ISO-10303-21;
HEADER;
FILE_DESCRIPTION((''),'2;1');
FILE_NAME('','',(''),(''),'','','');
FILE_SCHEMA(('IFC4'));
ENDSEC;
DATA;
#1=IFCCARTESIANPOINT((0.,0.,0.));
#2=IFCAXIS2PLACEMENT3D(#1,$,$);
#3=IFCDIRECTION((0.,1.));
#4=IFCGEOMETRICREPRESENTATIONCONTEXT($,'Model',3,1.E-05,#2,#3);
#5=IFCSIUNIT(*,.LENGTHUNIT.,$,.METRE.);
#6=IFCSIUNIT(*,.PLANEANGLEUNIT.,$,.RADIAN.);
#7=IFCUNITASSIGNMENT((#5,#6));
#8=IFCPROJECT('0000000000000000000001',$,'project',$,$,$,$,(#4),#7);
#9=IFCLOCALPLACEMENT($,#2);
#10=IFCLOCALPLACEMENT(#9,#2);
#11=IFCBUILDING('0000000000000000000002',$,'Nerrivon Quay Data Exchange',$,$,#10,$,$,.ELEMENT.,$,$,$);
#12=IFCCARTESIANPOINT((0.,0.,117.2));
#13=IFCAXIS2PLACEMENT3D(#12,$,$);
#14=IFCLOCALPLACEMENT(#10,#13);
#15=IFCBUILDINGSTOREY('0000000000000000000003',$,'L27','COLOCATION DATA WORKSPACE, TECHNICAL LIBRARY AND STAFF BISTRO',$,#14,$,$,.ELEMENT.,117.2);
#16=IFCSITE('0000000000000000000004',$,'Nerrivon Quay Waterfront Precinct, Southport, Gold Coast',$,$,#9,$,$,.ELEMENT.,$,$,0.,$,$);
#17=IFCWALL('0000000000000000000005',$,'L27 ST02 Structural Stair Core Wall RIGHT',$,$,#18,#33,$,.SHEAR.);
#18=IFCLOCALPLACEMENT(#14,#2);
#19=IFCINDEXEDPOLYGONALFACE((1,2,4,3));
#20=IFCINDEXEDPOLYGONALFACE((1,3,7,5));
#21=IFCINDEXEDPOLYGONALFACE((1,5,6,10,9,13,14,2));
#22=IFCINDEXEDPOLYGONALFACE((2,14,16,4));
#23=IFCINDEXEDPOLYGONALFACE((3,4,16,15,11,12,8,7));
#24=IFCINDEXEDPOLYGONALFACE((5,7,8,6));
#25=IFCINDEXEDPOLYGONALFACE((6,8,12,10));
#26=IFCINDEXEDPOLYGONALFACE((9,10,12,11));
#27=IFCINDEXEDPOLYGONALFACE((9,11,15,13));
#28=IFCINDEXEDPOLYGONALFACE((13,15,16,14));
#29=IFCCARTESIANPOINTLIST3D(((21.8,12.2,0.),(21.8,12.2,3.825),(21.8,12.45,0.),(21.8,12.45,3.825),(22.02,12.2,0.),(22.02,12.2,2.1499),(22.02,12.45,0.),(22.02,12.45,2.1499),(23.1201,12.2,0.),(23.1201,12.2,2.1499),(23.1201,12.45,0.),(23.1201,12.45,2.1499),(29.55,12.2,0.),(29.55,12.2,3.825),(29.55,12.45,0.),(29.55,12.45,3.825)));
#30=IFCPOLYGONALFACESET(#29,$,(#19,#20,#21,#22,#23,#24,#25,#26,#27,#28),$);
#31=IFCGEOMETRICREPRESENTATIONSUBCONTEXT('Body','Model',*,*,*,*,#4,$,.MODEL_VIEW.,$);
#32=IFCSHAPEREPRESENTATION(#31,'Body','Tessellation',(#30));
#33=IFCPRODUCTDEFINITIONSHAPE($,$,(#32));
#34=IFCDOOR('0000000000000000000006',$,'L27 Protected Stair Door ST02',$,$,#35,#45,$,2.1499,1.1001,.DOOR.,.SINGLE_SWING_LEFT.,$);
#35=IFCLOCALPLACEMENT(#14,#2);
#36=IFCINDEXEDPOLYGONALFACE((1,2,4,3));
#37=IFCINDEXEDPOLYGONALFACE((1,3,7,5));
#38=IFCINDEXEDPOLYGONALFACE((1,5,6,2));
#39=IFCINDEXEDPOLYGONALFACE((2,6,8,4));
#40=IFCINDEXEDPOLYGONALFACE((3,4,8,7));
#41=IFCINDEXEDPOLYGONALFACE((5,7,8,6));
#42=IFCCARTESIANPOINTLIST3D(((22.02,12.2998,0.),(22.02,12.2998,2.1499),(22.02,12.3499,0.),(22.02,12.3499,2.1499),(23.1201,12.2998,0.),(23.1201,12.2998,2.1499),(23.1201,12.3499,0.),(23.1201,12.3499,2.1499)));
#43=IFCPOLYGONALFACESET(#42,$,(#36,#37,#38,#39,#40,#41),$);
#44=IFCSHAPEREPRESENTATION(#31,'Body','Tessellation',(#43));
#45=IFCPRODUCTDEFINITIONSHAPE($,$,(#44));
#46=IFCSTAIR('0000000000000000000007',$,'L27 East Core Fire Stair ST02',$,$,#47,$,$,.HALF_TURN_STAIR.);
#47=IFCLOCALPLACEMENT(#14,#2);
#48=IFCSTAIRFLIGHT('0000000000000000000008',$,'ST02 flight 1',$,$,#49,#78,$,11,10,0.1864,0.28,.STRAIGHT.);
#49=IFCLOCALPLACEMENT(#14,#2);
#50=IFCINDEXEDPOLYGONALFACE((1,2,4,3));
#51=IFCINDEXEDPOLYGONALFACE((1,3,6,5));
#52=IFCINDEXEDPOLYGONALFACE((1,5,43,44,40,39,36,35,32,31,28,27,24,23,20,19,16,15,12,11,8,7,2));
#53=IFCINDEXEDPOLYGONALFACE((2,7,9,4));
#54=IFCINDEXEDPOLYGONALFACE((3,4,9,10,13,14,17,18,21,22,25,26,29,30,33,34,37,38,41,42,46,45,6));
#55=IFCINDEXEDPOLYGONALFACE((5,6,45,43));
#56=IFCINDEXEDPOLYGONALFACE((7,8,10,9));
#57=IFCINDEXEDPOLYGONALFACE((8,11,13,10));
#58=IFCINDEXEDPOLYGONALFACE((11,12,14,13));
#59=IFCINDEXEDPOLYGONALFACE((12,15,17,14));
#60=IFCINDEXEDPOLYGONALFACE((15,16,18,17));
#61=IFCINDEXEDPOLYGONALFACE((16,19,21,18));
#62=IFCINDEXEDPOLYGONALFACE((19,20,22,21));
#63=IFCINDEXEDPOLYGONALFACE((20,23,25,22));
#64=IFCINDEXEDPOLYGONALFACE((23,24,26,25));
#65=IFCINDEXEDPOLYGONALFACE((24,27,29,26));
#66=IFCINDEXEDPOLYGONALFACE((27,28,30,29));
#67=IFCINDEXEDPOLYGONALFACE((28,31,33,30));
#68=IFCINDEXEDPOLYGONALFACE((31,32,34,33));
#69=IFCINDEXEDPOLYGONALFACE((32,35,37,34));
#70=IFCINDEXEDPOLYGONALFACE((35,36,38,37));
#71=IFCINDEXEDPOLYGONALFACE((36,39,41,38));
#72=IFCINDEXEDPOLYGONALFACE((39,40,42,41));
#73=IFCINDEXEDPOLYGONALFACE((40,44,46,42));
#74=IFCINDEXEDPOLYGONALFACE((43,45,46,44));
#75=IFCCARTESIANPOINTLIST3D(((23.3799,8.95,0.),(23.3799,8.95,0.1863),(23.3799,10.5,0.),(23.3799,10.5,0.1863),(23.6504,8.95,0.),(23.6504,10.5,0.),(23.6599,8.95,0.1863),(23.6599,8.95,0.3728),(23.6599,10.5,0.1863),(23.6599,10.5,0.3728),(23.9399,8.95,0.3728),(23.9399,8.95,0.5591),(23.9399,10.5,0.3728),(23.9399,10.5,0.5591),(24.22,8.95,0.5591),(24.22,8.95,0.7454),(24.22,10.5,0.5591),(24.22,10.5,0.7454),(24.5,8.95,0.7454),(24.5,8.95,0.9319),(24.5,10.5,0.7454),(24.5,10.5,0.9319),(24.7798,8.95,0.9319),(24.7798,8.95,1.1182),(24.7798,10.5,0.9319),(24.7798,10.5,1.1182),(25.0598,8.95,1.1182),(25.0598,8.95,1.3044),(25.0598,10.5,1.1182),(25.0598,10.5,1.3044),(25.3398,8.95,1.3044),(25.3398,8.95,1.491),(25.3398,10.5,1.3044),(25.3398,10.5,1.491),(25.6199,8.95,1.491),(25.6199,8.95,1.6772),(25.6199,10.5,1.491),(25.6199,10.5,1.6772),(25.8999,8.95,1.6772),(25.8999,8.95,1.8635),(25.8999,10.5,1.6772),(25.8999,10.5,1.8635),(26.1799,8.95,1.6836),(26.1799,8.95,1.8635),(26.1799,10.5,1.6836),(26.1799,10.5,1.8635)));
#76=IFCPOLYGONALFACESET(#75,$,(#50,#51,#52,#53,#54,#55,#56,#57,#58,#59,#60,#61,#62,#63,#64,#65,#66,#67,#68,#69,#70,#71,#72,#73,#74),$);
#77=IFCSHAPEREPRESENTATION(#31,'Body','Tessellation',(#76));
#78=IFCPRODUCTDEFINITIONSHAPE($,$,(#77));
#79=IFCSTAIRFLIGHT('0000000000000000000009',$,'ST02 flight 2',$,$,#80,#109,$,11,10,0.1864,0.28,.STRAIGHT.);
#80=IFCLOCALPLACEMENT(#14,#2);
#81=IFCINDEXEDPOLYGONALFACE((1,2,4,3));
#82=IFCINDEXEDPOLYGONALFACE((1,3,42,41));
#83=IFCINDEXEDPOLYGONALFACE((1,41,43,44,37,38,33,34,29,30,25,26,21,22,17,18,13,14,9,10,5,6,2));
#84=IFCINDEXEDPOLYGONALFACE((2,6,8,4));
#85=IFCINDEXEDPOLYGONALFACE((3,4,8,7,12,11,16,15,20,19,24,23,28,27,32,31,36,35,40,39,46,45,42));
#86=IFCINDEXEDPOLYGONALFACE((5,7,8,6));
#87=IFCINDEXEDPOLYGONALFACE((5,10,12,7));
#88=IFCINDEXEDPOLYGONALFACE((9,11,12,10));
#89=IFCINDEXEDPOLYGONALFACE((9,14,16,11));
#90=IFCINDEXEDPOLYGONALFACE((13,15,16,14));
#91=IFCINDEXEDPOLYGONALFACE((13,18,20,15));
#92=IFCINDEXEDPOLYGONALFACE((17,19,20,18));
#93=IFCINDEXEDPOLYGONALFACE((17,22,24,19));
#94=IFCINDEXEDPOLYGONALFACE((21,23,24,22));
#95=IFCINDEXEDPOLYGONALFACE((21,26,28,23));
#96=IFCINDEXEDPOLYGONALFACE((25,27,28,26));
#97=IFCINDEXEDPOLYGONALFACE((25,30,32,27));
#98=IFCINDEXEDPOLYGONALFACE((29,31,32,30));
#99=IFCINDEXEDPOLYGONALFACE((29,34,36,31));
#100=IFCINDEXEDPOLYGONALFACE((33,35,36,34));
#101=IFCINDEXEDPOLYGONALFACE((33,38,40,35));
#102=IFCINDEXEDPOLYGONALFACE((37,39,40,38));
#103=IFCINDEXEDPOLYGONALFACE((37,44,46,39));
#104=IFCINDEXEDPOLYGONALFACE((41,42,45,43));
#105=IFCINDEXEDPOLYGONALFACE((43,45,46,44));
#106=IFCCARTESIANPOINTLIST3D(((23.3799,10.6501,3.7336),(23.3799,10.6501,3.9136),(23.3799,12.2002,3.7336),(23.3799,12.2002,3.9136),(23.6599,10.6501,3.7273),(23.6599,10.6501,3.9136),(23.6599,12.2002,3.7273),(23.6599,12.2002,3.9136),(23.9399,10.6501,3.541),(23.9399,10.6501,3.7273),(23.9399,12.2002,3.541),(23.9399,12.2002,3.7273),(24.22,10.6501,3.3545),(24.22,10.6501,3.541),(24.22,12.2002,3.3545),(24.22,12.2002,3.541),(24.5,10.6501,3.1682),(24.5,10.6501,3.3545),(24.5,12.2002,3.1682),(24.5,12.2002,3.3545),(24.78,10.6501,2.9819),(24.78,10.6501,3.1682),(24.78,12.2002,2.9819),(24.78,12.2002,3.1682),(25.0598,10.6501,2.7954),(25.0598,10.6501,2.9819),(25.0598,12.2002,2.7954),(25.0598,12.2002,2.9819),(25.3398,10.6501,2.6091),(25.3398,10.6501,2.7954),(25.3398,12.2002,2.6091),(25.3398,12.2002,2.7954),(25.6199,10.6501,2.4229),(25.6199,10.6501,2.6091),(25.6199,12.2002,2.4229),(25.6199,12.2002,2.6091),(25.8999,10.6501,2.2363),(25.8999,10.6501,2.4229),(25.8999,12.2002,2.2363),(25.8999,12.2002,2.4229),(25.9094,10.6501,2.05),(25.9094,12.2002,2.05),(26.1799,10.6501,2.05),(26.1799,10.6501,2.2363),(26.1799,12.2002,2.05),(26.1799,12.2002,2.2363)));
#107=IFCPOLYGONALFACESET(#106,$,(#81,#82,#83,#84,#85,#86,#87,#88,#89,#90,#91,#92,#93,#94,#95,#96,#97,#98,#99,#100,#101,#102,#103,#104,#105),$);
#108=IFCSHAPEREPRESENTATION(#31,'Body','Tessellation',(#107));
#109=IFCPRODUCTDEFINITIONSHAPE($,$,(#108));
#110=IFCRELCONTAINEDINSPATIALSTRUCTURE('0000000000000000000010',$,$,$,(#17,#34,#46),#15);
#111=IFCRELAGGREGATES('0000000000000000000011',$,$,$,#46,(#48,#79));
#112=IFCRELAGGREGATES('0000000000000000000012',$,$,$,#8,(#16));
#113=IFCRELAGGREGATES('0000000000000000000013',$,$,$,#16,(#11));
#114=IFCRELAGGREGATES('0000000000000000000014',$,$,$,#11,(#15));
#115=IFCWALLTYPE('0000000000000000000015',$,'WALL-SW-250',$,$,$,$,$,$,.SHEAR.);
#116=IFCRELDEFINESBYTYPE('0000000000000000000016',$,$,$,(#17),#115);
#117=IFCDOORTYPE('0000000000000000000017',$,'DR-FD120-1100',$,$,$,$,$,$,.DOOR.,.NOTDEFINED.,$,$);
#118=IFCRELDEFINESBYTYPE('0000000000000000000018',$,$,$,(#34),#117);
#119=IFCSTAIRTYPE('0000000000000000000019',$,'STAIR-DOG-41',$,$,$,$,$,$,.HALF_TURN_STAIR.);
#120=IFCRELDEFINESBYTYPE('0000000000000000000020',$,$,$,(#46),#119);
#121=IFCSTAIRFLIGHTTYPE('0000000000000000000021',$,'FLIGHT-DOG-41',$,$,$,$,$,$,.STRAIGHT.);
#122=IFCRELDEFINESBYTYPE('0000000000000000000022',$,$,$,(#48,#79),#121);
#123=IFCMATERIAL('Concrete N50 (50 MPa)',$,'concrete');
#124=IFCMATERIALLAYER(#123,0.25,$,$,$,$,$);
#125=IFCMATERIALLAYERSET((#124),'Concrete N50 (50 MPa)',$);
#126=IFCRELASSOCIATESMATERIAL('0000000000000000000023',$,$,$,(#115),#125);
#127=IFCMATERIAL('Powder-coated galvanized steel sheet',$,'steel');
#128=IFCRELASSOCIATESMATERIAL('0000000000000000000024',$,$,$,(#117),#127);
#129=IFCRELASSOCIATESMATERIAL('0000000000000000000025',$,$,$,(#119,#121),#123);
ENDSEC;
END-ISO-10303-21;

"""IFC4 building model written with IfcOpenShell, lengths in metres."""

from ifc_helpers import new_model, si_unit, direction, frame, frame_2d, origin, place, context, subcontext, project, spatial, polyline, rectangle, outline, extrude, material, layer, layer_set, type_object, element, fill, aggregate, save


model = new_model("IFC4")

# Units and contexts
model_context = context("Model", 3, precision=1e-05, world=origin(), true_north=direction((0.0, 1.0)))
body_context = subcontext(model_context, "Body", "Model", "MODEL_VIEW")
ifc_project = project(units=[si_unit("LENGTHUNIT", "METRE"), si_unit("PLANEANGLEUNIT", "RADIAN")], contexts=[model_context])

# Site, building, storey
site_placement = place(None, origin())
site = spatial("IfcSite", under=ifc_project, at=site_placement, Name="Nerrivon Quay Waterfront Precinct, Southport, Gold Coast", CompositionType="ELEMENT", RefElevation=0.0)
building_placement = place(site_placement, origin())
building = spatial("IfcBuilding", under=site, at=building_placement, Name="Nerrivon Quay Data Exchange", CompositionType="ELEMENT")
storey_placement = place(building_placement, frame((0.0, 0.0, 117.2)))
storey = spatial("IfcBuildingStorey", under=building, at=storey_placement, Name="L27", Description="COLOCATION DATA WORKSPACE, TECHNICAL LIBRARY AND STAFF BISTRO", CompositionType="ELEMENT", Elevation=117.2)

# Shared definitions
ifc_material_1 = material(Name="Powder-coated galvanized steel sheet", Category="steel")

# Wall, opening, door
ifc_material_2 = material(Name="Concrete N50 (50 MPa)", Category="concrete")
ifc_layer_1 = layer(ifc_material_2, 0.25)
ifc_layer_set_1 = layer_set([ifc_layer_1], Name="Concrete N50 (50 MPa)")
wall_type_1 = type_object("IfcWallType", Name="WALL-SW-250", PredefinedType="SHEAR", material=ifc_layer_set_1)
wall_1_placement = place(storey_placement, frame((21.8, 12.325, 0.0), z_axis=(0.0, 0.0, 1.0), x_axis=(1.0, 0.0, 0.0)))
wall_1 = element("IfcWall", 1, at=wall_1_placement, inside=storey, type_object=wall_type_1, Name="L27 ST02 Structural Stair Core Wall RIGHT", PredefinedType="SHEAR", context=body_context, shape_type="SweptSolid", body=[
    extrude(rectangle(XDim=7.75, YDim=0.25, at=frame_2d((3.875, 0.0))), origin(), (0.0, 0.0, 1.0), 3.825),
])
opening_1_placement = place(wall_1_placement, frame((0.22, 0.0, 0.0)))
opening_1 = element("IfcOpeningElement", 2, at=opening_1_placement, cuts=wall_1, PredefinedType="OPENING", context=body_context, shape_type="SweptSolid", body=[
    extrude(rectangle(XDim=1.1001, YDim=2.1499, at=frame_2d((0.55, 1.075))), frame((0.0, 0.135, 0.0), z_axis=(0.0, -1.0, 0.0), x_axis=(1.0, 0.0, 0.0)), (0.0, 0.0, 1.0), 0.27),
])
door_type_1 = type_object("IfcDoorType", Name="DR-FD120-1100", OperationType="NOTDEFINED", PredefinedType="DOOR", material=ifc_material_1)
door_1_placement = place(opening_1_placement, origin())
door_1 = element("IfcDoor", 3, at=door_1_placement, inside=storey, type_object=door_type_1, Name="L27 Protected Stair Door ST02", OperationType="SINGLE_SWING_LEFT", OverallHeight=2.1499, OverallWidth=1.1001, PredefinedType="DOOR", context=body_context, shape_type="SweptSolid", body=[
    extrude(rectangle(XDim=1.1001, YDim=2.1499, at=frame_2d((0.55, 1.075))), frame((0.0, 0.0249, 0.0), z_axis=(0.0, -1.0, 0.0), x_axis=(1.0, 0.0, 0.0)), (0.0, 0.0, 1.0), 0.05),
])
fill(opening_1, door_1)

# Stair, stair flights
stair_type = type_object("IfcStairType", Name="STAIR-DOG-41", PredefinedType="HALF_TURN_STAIR", material=ifc_material_2)
stair_placement = place(storey_placement, origin())
stair = element("IfcStair", 4, at=stair_placement, inside=storey, type_object=stair_type, Name="L27 East Core Fire Stair ST02", PredefinedType="HALF_TURN_STAIR")
stair_flight_type = type_object("IfcStairFlightType", Name="FLIGHT-DOG-41", PredefinedType="STRAIGHT", material=ifc_material_2)
stair_flight_1_placement = place(storey_placement, frame((23.3799, 9.7251, 0.0), z_axis=(0.0, 0.0, 1.0), x_axis=(1.0, 0.0, 0.0)))
stair_flight_1 = element("IfcStairFlight", 5, at=stair_flight_1_placement, type_object=stair_flight_type, Name="ST02 flight 1", NumberOfRisers=11, NumberOfTreads=10, PredefinedType="STRAIGHT", RiserHeight=0.1864, TreadLength=0.28, context=body_context, shape_type="SweptSolid", body=[
    extrude(outline(polyline([(0.0, 0.0), (0.0, 0.1863), (0.28, 0.1863), (0.28, 0.3728), (0.5601, 0.3728), (0.5601, 0.5591), (0.8401, 0.5591), (0.8401, 0.7454), (1.1201, 0.7454), (1.1201, 0.9319), (1.3999, 0.9319), (1.3999, 1.1182), (1.6799, 1.1182), (1.6799, 1.3044), (1.96, 1.3044), (1.96, 1.491), (2.24, 1.491), (2.24, 1.6772), (2.52, 1.6772), (2.52, 1.8635), (2.8, 1.8635), (2.8, 2.05), (2.8, 1.6836), (0.2705, 0.0), (0.0, 0.0)])), frame((0.0, 0.7749, 0.0), z_axis=(0.0, -1.0, 0.0), x_axis=(1.0, 0.0, 0.0)), (0.0, 0.0, 1.0), 1.55),
])
stair_flight_2_placement = place(storey_placement, frame((26.1799, 11.425, 2.05), z_axis=(0.0, 0.0, 1.0), x_axis=(-1.0, 0.0, 0.0)))
stair_flight_2 = element("IfcStairFlight", 6, at=stair_flight_2_placement, type_object=stair_flight_type, Name="ST02 flight 2", NumberOfRisers=11, NumberOfTreads=10, PredefinedType="STRAIGHT", RiserHeight=0.1864, TreadLength=0.28, context=body_context, shape_type="SweptSolid", body=[
    extrude(outline(polyline([(0.0, 0.0), (0.0, 0.1863), (0.28, 0.1863), (0.28, 0.3728), (0.5601, 0.3728), (0.5601, 0.5591), (0.8401, 0.5591), (0.8401, 0.7454), (1.1201, 0.7454), (1.1201, 0.9319), (1.3999, 0.9319), (1.3999, 1.1182), (1.6799, 1.1182), (1.6799, 1.3044), (1.96, 1.3044), (1.96, 1.491), (2.24, 1.491), (2.24, 1.6772), (2.52, 1.6772), (2.52, 1.8635), (2.8, 1.8635), (2.8, 2.05), (2.8, 1.6836), (0.2705, 0.0), (0.0, 0.0)])), frame((0.0, 0.7749, 0.0), z_axis=(0.0, -1.0, 0.0), x_axis=(1.0, 0.0, 0.0)), (0.0, 0.0, 1.0), 1.55),
])
aggregate(stair, [stair_flight_1, stair_flight_2])

save(model, "model.ifc")
